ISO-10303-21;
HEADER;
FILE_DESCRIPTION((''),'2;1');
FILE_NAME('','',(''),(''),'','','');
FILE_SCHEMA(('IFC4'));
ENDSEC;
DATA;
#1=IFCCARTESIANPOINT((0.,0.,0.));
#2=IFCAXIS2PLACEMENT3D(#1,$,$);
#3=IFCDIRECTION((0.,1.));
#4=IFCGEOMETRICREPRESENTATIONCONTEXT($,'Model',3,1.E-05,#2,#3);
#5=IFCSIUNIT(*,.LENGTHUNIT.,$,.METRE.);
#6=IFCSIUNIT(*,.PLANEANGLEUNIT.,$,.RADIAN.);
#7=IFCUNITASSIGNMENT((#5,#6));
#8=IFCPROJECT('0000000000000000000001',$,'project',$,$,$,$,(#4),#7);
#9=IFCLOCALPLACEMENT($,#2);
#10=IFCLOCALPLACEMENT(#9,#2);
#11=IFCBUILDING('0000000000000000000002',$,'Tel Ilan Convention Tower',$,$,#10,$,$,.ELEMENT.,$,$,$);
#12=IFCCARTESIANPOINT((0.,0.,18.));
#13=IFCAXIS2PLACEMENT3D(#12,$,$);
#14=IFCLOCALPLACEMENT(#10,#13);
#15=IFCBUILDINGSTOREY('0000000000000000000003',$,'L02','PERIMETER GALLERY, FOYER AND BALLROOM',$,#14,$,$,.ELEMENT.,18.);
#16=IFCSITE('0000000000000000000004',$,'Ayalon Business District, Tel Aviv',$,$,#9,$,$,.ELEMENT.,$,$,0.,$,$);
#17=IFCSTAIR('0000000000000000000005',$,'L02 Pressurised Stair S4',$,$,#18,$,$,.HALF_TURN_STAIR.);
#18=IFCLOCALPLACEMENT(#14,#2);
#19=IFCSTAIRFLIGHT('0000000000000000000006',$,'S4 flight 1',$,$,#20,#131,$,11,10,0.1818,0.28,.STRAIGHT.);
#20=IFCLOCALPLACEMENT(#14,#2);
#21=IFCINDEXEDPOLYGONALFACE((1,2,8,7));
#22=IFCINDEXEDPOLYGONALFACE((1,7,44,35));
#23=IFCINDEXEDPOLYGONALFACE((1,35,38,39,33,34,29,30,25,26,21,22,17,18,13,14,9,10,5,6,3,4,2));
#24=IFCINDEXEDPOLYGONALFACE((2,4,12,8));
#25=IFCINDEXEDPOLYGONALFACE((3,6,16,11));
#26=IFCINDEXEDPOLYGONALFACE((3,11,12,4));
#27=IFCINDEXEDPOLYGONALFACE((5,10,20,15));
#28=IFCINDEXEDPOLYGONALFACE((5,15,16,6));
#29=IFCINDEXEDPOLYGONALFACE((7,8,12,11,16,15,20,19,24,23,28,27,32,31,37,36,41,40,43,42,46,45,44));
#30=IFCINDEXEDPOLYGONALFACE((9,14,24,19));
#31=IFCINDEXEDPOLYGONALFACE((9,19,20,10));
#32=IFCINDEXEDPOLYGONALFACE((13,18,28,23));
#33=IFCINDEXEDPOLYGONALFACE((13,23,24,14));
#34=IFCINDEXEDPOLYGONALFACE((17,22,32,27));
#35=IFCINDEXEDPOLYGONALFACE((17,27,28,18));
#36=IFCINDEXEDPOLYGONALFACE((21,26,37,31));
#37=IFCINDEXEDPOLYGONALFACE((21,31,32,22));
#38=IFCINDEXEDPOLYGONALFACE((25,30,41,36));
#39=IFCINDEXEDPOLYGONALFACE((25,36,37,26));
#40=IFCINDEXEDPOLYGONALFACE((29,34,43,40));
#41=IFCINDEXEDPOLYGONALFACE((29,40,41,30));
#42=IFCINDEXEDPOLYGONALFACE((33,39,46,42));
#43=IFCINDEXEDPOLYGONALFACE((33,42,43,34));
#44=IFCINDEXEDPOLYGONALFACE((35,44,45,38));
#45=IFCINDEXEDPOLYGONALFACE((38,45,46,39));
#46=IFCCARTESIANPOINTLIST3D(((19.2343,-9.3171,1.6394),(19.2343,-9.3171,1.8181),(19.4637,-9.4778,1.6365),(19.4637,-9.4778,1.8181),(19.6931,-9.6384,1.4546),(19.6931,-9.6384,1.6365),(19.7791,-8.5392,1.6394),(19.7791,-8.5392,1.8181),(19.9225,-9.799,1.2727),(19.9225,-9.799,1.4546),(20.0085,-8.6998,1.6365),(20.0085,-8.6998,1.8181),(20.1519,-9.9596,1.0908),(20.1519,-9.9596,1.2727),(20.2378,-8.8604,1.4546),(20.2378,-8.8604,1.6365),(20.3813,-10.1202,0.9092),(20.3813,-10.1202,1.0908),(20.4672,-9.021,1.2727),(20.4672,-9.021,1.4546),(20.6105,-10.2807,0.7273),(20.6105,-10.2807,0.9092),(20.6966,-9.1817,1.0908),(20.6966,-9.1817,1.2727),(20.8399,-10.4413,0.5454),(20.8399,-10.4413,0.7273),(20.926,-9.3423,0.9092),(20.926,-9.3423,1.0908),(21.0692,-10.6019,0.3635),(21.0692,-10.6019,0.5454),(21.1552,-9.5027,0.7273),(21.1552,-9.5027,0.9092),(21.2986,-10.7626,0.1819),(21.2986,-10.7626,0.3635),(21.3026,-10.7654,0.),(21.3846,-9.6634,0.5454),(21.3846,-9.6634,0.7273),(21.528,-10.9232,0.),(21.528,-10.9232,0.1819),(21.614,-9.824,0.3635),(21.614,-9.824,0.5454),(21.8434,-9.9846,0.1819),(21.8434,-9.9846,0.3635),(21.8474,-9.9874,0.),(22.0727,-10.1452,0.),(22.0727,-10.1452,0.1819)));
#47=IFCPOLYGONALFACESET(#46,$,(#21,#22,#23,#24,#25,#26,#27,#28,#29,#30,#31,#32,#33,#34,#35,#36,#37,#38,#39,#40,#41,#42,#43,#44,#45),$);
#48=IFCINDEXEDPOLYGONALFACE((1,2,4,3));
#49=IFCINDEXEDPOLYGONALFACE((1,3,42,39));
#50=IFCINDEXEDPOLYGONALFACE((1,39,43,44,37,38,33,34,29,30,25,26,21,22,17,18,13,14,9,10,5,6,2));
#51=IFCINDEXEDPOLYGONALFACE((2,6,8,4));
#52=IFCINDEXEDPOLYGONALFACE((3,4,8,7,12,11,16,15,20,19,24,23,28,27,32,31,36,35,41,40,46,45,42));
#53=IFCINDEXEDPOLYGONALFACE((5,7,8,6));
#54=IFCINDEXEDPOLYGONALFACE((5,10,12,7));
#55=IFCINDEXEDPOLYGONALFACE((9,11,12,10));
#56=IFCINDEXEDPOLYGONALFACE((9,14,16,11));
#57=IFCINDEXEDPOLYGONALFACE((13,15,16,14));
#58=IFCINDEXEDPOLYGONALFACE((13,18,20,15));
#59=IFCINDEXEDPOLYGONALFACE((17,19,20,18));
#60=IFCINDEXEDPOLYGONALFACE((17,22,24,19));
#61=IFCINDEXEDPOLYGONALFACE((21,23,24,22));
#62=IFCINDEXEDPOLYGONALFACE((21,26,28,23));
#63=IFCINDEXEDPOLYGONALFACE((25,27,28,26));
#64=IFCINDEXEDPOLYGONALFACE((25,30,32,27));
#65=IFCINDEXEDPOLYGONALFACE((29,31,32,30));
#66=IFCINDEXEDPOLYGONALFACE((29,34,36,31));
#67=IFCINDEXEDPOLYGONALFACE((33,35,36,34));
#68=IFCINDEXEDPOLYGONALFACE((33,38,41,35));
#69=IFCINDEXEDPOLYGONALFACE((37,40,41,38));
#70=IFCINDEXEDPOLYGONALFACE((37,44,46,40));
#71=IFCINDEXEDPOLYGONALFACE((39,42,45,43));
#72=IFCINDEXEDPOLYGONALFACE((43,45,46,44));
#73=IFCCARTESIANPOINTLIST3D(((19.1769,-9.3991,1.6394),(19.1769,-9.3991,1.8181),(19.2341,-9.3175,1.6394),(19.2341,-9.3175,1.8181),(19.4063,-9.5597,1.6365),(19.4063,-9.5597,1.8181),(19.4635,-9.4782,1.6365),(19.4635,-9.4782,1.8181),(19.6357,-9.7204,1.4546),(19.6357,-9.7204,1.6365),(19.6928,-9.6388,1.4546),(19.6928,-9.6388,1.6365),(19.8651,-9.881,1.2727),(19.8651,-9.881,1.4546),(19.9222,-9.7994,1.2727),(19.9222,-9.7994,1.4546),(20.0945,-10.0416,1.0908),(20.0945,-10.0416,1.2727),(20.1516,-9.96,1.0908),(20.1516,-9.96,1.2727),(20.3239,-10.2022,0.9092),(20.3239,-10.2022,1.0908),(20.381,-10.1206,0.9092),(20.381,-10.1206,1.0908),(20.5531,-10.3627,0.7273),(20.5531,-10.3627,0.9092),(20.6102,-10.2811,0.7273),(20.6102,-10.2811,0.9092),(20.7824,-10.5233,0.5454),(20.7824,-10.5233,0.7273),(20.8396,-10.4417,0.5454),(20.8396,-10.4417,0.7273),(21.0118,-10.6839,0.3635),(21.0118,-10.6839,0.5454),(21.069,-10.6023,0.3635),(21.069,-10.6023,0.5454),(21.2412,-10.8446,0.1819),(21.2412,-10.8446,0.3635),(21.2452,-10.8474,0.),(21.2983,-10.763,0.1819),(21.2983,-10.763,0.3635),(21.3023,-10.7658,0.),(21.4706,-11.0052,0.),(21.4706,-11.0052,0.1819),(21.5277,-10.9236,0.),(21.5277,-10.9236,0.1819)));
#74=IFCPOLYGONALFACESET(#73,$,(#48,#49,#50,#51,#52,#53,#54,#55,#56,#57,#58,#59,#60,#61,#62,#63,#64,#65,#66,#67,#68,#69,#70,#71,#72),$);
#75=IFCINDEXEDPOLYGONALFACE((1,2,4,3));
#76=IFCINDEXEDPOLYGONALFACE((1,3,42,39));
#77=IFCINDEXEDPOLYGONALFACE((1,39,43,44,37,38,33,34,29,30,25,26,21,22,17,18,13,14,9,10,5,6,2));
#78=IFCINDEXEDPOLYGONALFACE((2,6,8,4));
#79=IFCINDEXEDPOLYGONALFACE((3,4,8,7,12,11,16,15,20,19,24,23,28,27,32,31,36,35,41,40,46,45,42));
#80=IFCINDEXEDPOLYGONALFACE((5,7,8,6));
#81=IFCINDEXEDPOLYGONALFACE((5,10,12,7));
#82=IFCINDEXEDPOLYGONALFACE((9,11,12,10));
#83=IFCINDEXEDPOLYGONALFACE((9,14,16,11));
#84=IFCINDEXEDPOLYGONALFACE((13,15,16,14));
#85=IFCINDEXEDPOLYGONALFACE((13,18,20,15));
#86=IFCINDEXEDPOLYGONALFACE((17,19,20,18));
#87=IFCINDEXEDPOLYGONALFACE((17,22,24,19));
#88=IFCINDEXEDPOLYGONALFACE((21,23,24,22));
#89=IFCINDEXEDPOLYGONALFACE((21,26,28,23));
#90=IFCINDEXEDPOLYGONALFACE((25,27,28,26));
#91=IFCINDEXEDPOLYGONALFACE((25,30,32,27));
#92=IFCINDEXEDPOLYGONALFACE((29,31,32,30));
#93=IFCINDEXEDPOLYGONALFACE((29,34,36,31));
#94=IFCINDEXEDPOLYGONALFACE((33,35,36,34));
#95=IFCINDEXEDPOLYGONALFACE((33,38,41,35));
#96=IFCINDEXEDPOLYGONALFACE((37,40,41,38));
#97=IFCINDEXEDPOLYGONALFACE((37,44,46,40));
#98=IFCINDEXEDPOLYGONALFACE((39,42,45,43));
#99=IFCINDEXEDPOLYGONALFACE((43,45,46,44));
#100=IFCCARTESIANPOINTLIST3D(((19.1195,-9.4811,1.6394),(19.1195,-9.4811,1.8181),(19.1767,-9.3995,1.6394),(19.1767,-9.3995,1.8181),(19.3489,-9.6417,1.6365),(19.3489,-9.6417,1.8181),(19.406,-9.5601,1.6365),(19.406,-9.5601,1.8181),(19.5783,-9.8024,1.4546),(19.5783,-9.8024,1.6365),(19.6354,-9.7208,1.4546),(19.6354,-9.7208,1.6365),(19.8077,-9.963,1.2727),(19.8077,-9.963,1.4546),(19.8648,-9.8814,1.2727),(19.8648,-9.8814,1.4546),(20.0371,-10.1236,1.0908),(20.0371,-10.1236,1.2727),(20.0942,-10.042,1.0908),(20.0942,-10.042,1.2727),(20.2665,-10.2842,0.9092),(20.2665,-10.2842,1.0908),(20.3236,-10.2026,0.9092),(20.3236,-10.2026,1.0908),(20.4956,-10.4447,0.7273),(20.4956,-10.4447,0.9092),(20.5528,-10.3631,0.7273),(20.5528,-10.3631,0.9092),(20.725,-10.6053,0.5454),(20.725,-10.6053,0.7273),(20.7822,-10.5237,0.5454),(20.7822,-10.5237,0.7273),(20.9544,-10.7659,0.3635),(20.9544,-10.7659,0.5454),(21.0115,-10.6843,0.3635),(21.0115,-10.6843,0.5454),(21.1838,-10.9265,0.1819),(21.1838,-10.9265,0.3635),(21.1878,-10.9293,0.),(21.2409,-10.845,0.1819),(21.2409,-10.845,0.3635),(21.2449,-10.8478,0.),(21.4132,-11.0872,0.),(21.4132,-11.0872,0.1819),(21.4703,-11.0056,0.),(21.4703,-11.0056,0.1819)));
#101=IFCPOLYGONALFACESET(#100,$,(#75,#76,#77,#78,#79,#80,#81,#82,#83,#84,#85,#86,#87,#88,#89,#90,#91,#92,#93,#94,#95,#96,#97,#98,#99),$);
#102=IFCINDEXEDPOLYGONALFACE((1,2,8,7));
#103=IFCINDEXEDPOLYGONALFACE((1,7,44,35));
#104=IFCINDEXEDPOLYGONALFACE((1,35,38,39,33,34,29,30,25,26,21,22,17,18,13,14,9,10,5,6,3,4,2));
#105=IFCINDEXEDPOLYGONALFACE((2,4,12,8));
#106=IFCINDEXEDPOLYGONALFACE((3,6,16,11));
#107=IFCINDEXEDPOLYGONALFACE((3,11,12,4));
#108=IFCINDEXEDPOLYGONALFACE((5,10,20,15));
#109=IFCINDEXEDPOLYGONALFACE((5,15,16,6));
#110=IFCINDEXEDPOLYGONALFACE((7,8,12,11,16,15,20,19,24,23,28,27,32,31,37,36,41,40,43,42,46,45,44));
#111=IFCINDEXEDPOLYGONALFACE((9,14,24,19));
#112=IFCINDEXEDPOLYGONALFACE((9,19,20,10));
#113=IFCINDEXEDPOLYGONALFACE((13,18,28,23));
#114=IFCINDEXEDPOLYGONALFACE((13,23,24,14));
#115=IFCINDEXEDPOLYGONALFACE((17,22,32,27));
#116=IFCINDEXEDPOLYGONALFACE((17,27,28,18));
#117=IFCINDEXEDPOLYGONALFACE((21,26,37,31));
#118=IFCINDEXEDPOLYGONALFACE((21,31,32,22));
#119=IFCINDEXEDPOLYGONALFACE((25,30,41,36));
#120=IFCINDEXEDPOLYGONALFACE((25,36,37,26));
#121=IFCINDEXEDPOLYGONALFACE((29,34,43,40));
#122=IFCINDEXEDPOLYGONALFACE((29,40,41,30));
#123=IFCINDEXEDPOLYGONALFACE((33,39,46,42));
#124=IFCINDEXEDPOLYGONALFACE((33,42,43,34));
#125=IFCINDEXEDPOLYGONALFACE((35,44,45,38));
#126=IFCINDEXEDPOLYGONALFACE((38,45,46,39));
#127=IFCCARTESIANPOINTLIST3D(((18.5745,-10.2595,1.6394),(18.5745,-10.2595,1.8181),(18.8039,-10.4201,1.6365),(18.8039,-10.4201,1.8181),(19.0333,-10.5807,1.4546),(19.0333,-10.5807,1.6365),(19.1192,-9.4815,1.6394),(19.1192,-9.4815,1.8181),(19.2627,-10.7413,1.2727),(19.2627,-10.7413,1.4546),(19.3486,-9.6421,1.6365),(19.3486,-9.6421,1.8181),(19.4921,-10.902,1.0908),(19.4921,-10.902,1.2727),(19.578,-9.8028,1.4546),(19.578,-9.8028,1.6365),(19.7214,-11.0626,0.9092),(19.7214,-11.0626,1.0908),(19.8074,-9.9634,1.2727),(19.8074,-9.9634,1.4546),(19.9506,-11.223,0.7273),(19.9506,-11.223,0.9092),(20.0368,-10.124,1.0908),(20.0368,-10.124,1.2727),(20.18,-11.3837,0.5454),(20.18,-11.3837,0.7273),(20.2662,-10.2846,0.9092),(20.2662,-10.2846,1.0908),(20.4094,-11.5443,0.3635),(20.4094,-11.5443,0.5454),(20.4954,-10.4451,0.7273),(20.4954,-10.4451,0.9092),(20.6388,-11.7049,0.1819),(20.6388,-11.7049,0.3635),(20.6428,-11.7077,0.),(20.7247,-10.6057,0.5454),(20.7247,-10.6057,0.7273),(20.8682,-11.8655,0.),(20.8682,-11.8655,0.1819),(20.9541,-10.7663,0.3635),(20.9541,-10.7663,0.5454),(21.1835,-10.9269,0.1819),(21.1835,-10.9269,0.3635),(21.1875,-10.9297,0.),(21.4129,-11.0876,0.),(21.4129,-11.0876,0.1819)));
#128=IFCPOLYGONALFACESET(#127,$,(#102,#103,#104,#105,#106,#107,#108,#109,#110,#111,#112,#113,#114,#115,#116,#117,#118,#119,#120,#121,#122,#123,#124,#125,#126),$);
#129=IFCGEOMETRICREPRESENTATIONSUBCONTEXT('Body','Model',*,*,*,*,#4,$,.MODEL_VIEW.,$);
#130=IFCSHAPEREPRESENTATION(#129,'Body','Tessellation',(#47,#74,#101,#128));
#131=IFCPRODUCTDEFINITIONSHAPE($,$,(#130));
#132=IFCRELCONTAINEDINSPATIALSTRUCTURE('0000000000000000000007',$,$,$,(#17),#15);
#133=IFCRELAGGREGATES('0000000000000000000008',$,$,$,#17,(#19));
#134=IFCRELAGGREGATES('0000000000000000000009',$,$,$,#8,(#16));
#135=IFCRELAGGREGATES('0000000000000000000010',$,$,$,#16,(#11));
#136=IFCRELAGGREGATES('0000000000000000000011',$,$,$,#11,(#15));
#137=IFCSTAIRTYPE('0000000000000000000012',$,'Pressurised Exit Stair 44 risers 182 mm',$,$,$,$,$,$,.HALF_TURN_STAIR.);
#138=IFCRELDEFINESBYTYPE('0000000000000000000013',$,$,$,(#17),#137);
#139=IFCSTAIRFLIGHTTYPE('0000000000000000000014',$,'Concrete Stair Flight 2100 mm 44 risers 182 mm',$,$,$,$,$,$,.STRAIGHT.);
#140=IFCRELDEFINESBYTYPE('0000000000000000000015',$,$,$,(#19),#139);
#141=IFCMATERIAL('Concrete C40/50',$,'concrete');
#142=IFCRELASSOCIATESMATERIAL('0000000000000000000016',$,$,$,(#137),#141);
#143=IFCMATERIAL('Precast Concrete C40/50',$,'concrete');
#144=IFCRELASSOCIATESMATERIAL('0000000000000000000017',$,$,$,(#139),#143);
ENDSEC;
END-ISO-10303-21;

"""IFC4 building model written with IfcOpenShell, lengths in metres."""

from ifc_helpers import new_model, si_unit, direction, frame, origin, place, context, subcontext, project, spatial, polyline, outline, extrude, material, type_object, element, aggregate, save


model = new_model("IFC4")

# Units and contexts
model_context = context("Model", 3, precision=1e-05, world=origin(), true_north=direction((0.0, 1.0)))
body_context = subcontext(model_context, "Body", "Model", "MODEL_VIEW")
ifc_project = project(units=[si_unit("LENGTHUNIT", "METRE"), si_unit("PLANEANGLEUNIT", "RADIAN")], contexts=[model_context])

# Site, building, storey
site_placement = place(None, origin())
site = spatial("IfcSite", under=ifc_project, at=site_placement, Name="Ayalon Business District, Tel Aviv", CompositionType="ELEMENT", RefElevation=0.0)
building_placement = place(site_placement, origin())
building = spatial("IfcBuilding", under=site, at=building_placement, Name="Tel Ilan Convention Tower", CompositionType="ELEMENT")
storey_placement = place(building_placement, frame((0.0, 0.0, 18.0)))
storey = spatial("IfcBuildingStorey", under=building, at=storey_placement, Name="L02", Description="PERIMETER GALLERY, FOYER AND BALLROOM", CompositionType="ELEMENT", Elevation=18.0)

# Stair, stair flight
ifc_material_1 = material(Name="Concrete C40/50", Category="concrete")
stair_type = type_object("IfcStairType", Name="Pressurised Exit Stair 44 risers 182 mm", PredefinedType="HALF_TURN_STAIR", material=ifc_material_1)
stair_placement = place(storey_placement, origin())
stair = element("IfcStair", 1, at=stair_placement, inside=storey, type_object=stair_type, Name="L02 Pressurised Stair S4", PredefinedType="HALF_TURN_STAIR")
ifc_material_2 = material(Name="Precast Concrete C40/50", Category="concrete")
stair_flight_type = type_object("IfcStairFlightType", Name="Concrete Stair Flight 2100 mm 44 risers 182 mm", PredefinedType="STRAIGHT", material=ifc_material_2)
stair_flight_1_placement = place(storey_placement, frame((21.4705, -11.0054, 0.0), z_axis=(0.0, 0.0, 1.0), x_axis=(-0.819152, 0.573576, 0.0)))
stair_flight_1 = element("IfcStairFlight", 2, at=stair_flight_1_placement, type_object=stair_flight_type, Name="S4 flight 1", NumberOfRisers=11, NumberOfTreads=10, PredefinedType="STRAIGHT", RiserHeight=0.1818, TreadLength=0.28, context=body_context, shape_type="SweptSolid", body=[
    extrude(outline(polyline([(0.0, 0.0), (0.0, 0.1819), (0.28, 0.1819), (0.28, 0.3635), (0.5601, 0.3635), (0.5601, 0.5454), (0.8401, 0.5454), (0.8401, 0.7273), (1.1201, 0.7273), (1.1201, 0.9092), (1.3999, 0.9092), (1.3999, 1.0908), (1.6799, 1.0908), (1.6799, 1.2727), (1.96, 1.2727), (1.96, 1.4546), (2.24, 1.4546), (2.24, 1.6365), (2.52, 1.6365), (2.52, 1.8181), (2.8, 1.8181), (2.8, 2.0), (2.8, 1.6394), (0.2751, 0.0), (0.0, 0.0)])), frame((0.0, -0.1003, 0.0), z_axis=(0.0, -1.0, 0.0), x_axis=(1.0, 0.0, 0.0)), (0.0, 0.0, 1.0), 0.9497),
    extrude(outline(polyline([(0.0, 0.0), (0.0, 0.1819), (0.28, 0.1819), (0.28, 0.3635), (0.5601, 0.3635), (0.5601, 0.5454), (0.8401, 0.5454), (0.8401, 0.7273), (1.1201, 0.7273), (1.1201, 0.9092), (1.3999, 0.9092), (1.3999, 1.0908), (1.6799, 1.0908), (1.6799, 1.2727), (1.96, 1.2727), (1.96, 1.4546), (2.24, 1.4546), (2.24, 1.6365), (2.52, 1.6365), (2.52, 1.8181), (2.8, 1.8181), (2.8, 2.0), (2.8, 1.6394), (0.2751, 0.0), (0.0, 0.0)])), frame((0.0, -0.0002, 0.0), z_axis=(0.0, -1.0, 0.0), x_axis=(1.0, 0.0, 0.0)), (0.0, 0.0, 1.0), 0.0996),
    extrude(outline(polyline([(0.0, 0.0), (0.0, 0.1819), (0.28, 0.1819), (0.28, 0.3635), (0.5601, 0.3635), (0.5601, 0.5454), (0.8401, 0.5454), (0.8401, 0.7273), (1.1201, 0.7273), (1.1201, 0.9092), (1.3999, 0.9092), (1.3999, 1.0908), (1.6799, 1.0908), (1.6799, 1.2727), (1.96, 1.2727), (1.96, 1.4546), (2.24, 1.4546), (2.24, 1.6365), (2.52, 1.6365), (2.52, 1.8181), (2.8, 1.8181), (2.8, 2.0), (2.8, 1.6394), (0.2751, 0.0), (0.0, 0.0)])), frame((0.0, 0.0999, 0.0), z_axis=(0.0, -1.0, 0.0), x_axis=(1.0, 0.0, 0.0)), (0.0, 0.0, 1.0), 0.0996),
    extrude(outline(polyline([(0.0, 0.0), (0.0, 0.1819), (0.28, 0.1819), (0.28, 0.3635), (0.5601, 0.3635), (0.5601, 0.5454), (0.8401, 0.5454), (0.8401, 0.7273), (1.1201, 0.7273), (1.1201, 0.9092), (1.3999, 0.9092), (1.3999, 1.0908), (1.6799, 1.0908), (1.6799, 1.2727), (1.96, 1.2727), (1.96, 1.4546), (2.24, 1.4546), (2.24, 1.6365), (2.52, 1.6365), (2.52, 1.8181), (2.8, 1.8181), (2.8, 2.0), (2.8, 1.6394), (0.2751, 0.0), (0.0, 0.0)])), frame((0.0, 1.05, 0.0), z_axis=(0.0, -1.0, 0.0), x_axis=(1.0, 0.0, 0.0)), (0.0, 0.0, 1.0), 0.9497),
])
aggregate(stair, [stair_flight_1])

save(model, "model.ifc")
